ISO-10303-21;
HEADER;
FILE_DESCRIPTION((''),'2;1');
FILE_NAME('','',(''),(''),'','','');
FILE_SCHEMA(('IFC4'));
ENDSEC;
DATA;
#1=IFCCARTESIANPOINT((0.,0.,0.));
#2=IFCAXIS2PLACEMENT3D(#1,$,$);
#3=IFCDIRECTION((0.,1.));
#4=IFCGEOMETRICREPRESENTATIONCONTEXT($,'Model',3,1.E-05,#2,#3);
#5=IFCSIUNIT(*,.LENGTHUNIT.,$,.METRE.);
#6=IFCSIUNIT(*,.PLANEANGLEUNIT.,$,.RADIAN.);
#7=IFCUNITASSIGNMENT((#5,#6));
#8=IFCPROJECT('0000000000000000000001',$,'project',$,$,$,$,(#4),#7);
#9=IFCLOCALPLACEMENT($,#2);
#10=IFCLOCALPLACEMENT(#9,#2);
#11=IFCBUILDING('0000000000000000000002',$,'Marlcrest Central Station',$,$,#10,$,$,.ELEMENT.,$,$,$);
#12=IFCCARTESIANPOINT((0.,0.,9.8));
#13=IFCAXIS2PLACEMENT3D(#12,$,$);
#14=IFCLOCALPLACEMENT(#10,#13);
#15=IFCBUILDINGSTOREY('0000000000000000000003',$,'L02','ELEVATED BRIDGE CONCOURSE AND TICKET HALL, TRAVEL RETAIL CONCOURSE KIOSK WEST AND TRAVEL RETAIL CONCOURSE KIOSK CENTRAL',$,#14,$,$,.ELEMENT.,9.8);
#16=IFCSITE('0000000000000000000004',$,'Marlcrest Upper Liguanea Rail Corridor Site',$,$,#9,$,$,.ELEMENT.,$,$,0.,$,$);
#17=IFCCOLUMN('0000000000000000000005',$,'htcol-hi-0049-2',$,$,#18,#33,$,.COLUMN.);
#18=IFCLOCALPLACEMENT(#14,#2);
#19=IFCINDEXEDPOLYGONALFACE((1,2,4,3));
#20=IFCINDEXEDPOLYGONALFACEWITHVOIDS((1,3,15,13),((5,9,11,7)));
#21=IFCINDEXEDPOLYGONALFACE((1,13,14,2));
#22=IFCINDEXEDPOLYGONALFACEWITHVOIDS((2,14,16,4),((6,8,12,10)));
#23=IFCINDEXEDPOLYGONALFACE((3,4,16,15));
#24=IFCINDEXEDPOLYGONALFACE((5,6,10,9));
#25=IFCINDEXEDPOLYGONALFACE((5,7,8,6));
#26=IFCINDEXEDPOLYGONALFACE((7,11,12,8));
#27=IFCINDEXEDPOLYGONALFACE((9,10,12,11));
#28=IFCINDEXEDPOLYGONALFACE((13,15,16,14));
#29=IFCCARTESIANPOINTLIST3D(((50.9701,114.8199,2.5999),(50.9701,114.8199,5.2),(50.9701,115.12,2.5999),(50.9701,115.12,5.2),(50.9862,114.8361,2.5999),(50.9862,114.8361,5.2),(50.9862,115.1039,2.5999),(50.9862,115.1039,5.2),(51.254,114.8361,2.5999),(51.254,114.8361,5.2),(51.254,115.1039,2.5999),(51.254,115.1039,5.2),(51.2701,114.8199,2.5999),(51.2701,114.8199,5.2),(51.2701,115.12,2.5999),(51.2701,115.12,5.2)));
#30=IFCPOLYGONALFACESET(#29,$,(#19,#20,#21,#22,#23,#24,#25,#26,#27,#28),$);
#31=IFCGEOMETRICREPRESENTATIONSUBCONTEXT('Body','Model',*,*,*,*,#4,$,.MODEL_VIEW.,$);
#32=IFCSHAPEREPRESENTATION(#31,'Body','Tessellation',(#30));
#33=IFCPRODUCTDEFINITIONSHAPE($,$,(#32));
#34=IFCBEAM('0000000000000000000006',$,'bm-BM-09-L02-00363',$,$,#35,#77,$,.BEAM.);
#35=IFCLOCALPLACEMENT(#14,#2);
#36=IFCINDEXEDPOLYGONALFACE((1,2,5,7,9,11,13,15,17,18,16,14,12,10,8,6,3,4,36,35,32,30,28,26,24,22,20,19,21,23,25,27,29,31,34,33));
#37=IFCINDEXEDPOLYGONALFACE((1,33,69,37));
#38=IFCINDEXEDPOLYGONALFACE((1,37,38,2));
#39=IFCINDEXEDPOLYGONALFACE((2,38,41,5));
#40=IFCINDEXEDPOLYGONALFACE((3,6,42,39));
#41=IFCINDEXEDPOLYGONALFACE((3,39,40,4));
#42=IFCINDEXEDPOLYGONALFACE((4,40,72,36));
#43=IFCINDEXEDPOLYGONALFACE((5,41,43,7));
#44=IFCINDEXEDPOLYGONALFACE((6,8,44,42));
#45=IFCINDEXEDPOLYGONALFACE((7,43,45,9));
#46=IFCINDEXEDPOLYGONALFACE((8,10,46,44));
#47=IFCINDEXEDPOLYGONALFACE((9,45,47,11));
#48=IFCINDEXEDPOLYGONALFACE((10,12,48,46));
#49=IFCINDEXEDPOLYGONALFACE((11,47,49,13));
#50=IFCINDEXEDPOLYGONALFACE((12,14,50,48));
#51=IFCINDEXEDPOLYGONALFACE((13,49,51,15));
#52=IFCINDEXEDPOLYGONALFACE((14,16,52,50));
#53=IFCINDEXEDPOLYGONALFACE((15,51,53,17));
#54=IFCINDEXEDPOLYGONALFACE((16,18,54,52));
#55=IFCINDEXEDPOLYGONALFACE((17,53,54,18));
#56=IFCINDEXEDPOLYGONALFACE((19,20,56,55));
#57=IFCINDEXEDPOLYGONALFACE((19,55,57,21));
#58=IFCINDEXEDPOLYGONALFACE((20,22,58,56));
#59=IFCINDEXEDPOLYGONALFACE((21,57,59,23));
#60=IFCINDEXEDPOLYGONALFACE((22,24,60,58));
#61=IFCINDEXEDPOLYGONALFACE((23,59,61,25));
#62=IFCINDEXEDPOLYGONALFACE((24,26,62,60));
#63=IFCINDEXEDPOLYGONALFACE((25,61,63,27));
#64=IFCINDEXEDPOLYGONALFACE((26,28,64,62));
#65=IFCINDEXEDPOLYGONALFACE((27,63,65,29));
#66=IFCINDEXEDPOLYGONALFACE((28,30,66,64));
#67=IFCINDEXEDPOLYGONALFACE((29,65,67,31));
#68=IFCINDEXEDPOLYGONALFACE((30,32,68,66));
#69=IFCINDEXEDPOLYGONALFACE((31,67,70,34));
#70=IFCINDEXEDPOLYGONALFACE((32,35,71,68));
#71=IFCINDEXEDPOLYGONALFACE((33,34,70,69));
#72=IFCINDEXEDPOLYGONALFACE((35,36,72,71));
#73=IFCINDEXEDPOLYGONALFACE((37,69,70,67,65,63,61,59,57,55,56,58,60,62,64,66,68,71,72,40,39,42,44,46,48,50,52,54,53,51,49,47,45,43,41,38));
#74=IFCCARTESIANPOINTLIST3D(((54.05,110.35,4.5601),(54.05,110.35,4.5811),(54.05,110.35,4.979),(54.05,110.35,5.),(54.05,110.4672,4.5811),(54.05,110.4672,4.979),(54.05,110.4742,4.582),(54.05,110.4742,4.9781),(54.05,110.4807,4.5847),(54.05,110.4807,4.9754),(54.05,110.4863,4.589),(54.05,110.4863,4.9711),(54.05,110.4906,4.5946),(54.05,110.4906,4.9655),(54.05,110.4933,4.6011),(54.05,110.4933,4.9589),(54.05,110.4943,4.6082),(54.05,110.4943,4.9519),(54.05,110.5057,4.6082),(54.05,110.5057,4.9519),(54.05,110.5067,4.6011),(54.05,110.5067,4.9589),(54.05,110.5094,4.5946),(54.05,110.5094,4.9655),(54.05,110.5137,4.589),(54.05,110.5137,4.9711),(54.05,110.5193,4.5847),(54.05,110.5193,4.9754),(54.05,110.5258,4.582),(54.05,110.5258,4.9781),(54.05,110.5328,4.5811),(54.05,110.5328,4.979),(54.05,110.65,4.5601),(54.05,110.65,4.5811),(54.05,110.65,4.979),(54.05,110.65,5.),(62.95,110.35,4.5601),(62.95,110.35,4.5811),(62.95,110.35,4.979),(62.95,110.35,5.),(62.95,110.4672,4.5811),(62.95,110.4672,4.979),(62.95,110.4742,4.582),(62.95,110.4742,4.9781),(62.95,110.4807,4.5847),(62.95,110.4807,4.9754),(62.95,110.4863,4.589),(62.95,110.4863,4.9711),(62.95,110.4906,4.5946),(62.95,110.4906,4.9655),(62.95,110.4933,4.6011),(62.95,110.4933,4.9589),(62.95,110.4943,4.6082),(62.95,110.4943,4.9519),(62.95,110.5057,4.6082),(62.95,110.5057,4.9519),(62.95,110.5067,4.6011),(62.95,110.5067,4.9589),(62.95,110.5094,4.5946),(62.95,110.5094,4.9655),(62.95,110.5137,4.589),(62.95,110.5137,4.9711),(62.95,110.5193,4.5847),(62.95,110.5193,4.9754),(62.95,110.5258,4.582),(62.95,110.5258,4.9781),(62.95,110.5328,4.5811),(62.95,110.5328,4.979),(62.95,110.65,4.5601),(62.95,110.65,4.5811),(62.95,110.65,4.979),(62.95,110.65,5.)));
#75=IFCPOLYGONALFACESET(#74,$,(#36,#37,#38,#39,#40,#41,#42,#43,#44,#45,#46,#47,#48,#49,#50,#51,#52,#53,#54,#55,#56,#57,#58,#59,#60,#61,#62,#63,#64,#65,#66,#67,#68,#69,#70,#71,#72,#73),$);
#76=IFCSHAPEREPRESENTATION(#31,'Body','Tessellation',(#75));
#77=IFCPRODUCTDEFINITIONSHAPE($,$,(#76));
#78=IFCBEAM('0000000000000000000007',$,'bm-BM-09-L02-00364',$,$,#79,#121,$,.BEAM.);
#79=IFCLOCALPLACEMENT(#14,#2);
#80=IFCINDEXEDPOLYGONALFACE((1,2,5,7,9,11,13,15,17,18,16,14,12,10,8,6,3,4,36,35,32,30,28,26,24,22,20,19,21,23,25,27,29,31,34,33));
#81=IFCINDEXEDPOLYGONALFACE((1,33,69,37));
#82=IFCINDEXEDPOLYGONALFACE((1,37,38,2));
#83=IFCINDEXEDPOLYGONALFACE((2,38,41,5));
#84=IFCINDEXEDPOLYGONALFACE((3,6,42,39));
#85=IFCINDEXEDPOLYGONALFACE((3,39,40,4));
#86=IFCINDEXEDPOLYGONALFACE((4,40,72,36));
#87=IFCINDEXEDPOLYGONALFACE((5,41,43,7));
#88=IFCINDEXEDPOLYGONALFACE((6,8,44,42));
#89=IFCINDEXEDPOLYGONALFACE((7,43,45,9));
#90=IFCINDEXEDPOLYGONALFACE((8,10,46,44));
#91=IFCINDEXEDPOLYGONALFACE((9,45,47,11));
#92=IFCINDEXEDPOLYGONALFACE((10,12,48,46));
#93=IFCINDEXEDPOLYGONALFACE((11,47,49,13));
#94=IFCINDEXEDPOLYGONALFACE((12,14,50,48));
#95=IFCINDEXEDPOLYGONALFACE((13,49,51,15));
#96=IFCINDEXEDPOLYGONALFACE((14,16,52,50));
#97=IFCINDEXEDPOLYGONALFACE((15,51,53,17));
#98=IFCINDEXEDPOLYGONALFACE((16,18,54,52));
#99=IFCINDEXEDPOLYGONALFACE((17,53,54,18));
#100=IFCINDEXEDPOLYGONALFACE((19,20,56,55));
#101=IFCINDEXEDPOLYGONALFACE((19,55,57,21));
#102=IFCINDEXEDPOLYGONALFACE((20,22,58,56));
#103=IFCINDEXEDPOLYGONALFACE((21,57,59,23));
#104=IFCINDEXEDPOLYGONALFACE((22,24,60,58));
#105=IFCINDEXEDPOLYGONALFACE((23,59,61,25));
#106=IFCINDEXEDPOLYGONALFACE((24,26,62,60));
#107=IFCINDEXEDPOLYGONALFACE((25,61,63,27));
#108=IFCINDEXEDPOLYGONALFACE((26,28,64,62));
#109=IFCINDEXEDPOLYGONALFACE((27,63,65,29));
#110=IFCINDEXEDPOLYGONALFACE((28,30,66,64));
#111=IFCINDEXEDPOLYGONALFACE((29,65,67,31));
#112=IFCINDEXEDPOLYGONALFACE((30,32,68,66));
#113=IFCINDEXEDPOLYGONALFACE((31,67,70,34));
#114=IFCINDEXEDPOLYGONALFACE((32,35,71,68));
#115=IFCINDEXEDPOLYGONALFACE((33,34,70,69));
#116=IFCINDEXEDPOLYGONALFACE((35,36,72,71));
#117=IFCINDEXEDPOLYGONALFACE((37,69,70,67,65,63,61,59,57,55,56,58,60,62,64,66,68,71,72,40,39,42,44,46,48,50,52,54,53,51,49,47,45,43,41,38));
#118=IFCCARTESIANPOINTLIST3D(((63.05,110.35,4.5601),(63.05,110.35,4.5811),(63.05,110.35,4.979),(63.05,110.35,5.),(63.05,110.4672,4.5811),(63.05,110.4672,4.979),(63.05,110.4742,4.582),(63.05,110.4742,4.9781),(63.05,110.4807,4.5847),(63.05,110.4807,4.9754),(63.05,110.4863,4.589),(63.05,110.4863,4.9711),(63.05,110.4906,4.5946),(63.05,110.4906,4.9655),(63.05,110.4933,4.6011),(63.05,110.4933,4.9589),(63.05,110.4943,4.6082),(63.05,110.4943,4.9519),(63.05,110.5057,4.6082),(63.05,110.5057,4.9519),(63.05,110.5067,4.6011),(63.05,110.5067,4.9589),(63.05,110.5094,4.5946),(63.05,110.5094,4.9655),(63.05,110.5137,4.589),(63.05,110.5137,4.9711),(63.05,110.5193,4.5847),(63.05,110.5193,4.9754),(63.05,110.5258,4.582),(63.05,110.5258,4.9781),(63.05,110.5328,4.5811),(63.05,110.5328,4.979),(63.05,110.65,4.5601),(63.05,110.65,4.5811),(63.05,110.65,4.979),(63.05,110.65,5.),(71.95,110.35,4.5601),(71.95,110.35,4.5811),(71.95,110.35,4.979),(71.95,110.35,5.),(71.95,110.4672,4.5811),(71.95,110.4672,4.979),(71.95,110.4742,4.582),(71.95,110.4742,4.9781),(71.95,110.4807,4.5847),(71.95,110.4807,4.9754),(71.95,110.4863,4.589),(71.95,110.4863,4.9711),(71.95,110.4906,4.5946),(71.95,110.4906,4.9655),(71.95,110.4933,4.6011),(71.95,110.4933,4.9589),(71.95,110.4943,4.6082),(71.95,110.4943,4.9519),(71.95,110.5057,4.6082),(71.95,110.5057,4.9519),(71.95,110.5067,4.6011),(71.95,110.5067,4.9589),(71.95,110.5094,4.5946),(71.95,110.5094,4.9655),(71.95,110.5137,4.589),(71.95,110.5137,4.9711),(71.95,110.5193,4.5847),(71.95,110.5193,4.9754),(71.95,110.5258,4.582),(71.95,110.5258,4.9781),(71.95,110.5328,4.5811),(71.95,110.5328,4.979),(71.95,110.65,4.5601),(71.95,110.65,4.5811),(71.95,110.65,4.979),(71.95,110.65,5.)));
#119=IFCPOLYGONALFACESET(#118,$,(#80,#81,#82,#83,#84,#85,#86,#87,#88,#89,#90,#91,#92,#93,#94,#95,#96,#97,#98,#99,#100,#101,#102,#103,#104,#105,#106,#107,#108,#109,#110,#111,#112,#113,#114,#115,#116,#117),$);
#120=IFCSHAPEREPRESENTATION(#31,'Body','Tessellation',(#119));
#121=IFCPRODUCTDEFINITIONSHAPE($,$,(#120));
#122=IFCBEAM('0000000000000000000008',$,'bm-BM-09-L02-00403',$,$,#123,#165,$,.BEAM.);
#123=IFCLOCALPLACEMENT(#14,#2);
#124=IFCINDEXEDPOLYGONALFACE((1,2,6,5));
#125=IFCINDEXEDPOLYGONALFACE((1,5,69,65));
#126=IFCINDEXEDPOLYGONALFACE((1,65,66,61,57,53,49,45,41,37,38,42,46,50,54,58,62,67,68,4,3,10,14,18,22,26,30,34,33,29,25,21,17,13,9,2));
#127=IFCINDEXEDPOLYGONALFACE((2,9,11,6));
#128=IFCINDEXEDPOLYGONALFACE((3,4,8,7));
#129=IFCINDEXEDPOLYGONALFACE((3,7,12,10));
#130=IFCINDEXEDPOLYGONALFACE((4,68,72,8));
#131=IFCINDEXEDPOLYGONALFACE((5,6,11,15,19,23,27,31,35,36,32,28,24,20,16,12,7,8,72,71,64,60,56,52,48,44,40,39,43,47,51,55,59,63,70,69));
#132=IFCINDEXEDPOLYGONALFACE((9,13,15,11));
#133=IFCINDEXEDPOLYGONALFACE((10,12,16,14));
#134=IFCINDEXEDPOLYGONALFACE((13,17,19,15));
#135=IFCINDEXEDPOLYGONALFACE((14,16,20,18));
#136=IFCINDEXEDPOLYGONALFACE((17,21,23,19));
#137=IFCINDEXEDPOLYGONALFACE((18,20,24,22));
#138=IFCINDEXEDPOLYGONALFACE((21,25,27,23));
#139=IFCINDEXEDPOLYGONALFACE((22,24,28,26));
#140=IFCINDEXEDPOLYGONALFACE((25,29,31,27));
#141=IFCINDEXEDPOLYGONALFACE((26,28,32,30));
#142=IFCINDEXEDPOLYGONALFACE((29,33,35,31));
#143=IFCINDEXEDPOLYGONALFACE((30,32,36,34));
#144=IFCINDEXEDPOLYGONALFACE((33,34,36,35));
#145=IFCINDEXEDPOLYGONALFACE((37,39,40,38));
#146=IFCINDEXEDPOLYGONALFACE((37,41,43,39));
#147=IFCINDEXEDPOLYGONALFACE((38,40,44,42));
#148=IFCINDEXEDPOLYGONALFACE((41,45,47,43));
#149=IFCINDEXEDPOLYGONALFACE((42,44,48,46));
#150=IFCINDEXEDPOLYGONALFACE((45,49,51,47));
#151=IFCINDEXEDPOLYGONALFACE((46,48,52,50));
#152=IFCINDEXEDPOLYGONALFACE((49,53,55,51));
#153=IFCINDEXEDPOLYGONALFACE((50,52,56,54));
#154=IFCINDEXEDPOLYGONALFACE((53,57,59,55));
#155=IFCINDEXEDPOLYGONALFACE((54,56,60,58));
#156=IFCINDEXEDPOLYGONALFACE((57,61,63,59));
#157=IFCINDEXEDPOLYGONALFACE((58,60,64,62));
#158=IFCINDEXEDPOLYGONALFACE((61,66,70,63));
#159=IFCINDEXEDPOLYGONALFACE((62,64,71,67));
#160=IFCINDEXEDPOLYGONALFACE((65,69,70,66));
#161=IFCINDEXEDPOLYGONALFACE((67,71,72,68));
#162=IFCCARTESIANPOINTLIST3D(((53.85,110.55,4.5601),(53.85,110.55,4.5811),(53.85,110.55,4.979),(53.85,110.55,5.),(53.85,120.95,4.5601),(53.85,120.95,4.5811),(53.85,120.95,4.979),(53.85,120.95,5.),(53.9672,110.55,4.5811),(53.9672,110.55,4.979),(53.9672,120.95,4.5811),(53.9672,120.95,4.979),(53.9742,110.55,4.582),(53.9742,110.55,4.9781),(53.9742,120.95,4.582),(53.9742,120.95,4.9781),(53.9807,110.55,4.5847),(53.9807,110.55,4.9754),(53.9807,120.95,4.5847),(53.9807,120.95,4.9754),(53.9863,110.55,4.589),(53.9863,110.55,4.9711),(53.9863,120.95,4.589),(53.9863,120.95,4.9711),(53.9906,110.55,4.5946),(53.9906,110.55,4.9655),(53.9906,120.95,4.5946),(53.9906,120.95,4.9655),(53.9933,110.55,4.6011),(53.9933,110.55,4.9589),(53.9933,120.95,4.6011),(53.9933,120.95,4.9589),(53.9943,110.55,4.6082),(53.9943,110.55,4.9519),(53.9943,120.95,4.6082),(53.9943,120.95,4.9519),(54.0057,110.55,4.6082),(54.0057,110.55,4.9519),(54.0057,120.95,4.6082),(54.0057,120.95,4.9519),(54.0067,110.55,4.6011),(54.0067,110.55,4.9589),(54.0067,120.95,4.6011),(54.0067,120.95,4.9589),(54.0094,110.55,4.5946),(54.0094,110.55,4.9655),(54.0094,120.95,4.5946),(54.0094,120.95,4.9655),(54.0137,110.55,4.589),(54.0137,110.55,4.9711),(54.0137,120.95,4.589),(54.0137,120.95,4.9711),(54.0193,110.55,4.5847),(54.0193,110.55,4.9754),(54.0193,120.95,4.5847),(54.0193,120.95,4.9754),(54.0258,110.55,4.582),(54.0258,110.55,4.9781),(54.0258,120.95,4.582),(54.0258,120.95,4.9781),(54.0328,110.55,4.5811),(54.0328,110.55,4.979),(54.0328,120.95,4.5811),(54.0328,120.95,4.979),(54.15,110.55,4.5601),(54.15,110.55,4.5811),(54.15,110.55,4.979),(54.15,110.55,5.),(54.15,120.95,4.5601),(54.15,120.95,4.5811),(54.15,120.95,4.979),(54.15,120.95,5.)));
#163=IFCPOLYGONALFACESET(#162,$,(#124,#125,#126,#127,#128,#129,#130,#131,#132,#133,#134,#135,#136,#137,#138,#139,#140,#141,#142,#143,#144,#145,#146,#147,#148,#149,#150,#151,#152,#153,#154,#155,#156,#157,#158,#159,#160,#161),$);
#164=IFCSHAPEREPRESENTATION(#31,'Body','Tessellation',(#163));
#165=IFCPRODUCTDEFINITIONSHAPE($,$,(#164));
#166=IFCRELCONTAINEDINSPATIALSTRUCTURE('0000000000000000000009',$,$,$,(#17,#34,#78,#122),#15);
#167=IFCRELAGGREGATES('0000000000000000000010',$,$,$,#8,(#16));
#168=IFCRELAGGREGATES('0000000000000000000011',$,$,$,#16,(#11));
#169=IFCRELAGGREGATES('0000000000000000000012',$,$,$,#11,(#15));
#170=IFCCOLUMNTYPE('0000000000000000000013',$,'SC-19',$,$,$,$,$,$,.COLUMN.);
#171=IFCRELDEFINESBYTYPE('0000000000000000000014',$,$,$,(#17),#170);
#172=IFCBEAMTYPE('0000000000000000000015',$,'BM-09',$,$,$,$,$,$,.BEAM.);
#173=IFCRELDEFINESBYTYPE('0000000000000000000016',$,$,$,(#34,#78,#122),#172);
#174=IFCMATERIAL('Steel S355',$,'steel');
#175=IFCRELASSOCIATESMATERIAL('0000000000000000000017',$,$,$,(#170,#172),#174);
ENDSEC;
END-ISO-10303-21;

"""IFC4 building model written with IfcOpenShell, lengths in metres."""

from ifc_helpers import new_model, si_unit, direction, frame, origin, origin_2d, place, context, subcontext, project, spatial, hollow_rectangle, i_section, extrude, material, material_profile, profile_set, type_object, element, save


model = new_model("IFC4")

# Units and contexts
model_context = context("Model", 3, precision=1e-05, world=origin(), true_north=direction((0.0, 1.0)))
body_context = subcontext(model_context, "Body", "Model", "MODEL_VIEW")
ifc_project = project(units=[si_unit("LENGTHUNIT", "METRE"), si_unit("PLANEANGLEUNIT", "RADIAN")], contexts=[model_context])

# Site, building, storey
site_placement = place(None, origin())
site = spatial("IfcSite", under=ifc_project, at=site_placement, Name="Marlcrest Upper Liguanea Rail Corridor Site", CompositionType="ELEMENT", RefElevation=0.0)
building_placement = place(site_placement, origin())
building = spatial("IfcBuilding", under=site, at=building_placement, Name="Marlcrest Central Station", CompositionType="ELEMENT")
storey_placement = place(building_placement, frame((0.0, 0.0, 9.8)))
storey = spatial("IfcBuildingStorey", under=building, at=storey_placement, Name="L02", Description="ELEVATED BRIDGE CONCOURSE AND TICKET HALL, TRAVEL RETAIL CONCOURSE KIOSK WEST AND TRAVEL RETAIL CONCOURSE KIOSK CENTRAL", CompositionType="ELEMENT", Elevation=9.8)

# Column
ifc_material_1 = material(Name="Steel S355", Category="steel")
ifc_material_profile_1 = material_profile(ifc_material_1, hollow_rectangle(XDim=0.3, YDim=0.3, WallThickness=0.0161, at=origin_2d()), Name="SHS 300x300x16")
ifc_profile_set_1 = profile_set([ifc_material_profile_1], Name="Steel S355")
column_type_1 = type_object("IfcColumnType", Name="SC-19", PredefinedType="COLUMN", material=ifc_profile_set_1)
column_1_placement = place(storey_placement, frame((51.1201, 114.97, 2.5999), z_axis=(0.0, 0.0, 1.0), x_axis=(1.0, 0.0, 0.0)))
element("IfcColumn", 1, at=column_1_placement, inside=storey, type_object=column_type_1, Name="htcol-hi-0049-2", PredefinedType="COLUMN", context=body_context, shape_type="SweptSolid", body=[
    extrude(hollow_rectangle(XDim=0.3, YDim=0.3, WallThickness=0.0161, at=origin_2d()), origin(), (0.0, 0.0, 1.0), 2.6001),
])

# Beams
ifc_material_profile_2 = material_profile(ifc_material_1, i_section(OverallWidth=0.3, OverallDepth=0.4399, WebThickness=0.0115, FlangeThickness=0.021, FilletRadius=0.0271, at=origin_2d()), Name="HEA 450")
ifc_profile_set_2 = profile_set([ifc_material_profile_2], Name="Steel S355")
beam_type_1 = type_object("IfcBeamType", Name="BM-09", PredefinedType="BEAM", material=ifc_profile_set_2)
for number, where, z_axis, x_axis, name in (
    (2, (54.05, 110.5, 4.78), (1.0, 0.0, 0.0), (0.0, 1.0, 0.0), "bm-BM-09-L02-00363"),
    (3, (63.05, 110.5, 4.78), (1.0, 0.0, 0.0), (0.0, 1.0, 0.0), "bm-BM-09-L02-00364"),
):
    element("IfcBeam", number, at=place(storey_placement, frame(where, z_axis=z_axis, x_axis=x_axis)), inside=storey, type_object=beam_type_1, Name=name, PredefinedType="BEAM", context=body_context, shape_type="SweptSolid", body=[
        extrude(i_section(OverallWidth=0.3, OverallDepth=0.4399, WebThickness=0.0115, FlangeThickness=0.021, FilletRadius=0.0271, at=origin_2d()), origin(), (0.0, 0.0, 1.0), 8.8999),
    ])
for number, where, z_axis, x_axis, name in (
    (4, (54.0, 110.55, 4.78), (0.0, 1.0, 0.0), (-1.0, 0.0, 0.0), "bm-BM-09-L02-00403"),
):
    element("IfcBeam", number, at=place(storey_placement, frame(where, z_axis=z_axis, x_axis=x_axis)), inside=storey, type_object=beam_type_1, Name=name, PredefinedType="BEAM", context=body_context, shape_type="SweptSolid", body=[
        extrude(i_section(OverallWidth=0.3, OverallDepth=0.4399, WebThickness=0.0115, FlangeThickness=0.021, FilletRadius=0.0271, at=origin_2d()), origin(), (0.0, 0.0, 1.0), 10.3999),
    ])

save(model, "model.ifc")
